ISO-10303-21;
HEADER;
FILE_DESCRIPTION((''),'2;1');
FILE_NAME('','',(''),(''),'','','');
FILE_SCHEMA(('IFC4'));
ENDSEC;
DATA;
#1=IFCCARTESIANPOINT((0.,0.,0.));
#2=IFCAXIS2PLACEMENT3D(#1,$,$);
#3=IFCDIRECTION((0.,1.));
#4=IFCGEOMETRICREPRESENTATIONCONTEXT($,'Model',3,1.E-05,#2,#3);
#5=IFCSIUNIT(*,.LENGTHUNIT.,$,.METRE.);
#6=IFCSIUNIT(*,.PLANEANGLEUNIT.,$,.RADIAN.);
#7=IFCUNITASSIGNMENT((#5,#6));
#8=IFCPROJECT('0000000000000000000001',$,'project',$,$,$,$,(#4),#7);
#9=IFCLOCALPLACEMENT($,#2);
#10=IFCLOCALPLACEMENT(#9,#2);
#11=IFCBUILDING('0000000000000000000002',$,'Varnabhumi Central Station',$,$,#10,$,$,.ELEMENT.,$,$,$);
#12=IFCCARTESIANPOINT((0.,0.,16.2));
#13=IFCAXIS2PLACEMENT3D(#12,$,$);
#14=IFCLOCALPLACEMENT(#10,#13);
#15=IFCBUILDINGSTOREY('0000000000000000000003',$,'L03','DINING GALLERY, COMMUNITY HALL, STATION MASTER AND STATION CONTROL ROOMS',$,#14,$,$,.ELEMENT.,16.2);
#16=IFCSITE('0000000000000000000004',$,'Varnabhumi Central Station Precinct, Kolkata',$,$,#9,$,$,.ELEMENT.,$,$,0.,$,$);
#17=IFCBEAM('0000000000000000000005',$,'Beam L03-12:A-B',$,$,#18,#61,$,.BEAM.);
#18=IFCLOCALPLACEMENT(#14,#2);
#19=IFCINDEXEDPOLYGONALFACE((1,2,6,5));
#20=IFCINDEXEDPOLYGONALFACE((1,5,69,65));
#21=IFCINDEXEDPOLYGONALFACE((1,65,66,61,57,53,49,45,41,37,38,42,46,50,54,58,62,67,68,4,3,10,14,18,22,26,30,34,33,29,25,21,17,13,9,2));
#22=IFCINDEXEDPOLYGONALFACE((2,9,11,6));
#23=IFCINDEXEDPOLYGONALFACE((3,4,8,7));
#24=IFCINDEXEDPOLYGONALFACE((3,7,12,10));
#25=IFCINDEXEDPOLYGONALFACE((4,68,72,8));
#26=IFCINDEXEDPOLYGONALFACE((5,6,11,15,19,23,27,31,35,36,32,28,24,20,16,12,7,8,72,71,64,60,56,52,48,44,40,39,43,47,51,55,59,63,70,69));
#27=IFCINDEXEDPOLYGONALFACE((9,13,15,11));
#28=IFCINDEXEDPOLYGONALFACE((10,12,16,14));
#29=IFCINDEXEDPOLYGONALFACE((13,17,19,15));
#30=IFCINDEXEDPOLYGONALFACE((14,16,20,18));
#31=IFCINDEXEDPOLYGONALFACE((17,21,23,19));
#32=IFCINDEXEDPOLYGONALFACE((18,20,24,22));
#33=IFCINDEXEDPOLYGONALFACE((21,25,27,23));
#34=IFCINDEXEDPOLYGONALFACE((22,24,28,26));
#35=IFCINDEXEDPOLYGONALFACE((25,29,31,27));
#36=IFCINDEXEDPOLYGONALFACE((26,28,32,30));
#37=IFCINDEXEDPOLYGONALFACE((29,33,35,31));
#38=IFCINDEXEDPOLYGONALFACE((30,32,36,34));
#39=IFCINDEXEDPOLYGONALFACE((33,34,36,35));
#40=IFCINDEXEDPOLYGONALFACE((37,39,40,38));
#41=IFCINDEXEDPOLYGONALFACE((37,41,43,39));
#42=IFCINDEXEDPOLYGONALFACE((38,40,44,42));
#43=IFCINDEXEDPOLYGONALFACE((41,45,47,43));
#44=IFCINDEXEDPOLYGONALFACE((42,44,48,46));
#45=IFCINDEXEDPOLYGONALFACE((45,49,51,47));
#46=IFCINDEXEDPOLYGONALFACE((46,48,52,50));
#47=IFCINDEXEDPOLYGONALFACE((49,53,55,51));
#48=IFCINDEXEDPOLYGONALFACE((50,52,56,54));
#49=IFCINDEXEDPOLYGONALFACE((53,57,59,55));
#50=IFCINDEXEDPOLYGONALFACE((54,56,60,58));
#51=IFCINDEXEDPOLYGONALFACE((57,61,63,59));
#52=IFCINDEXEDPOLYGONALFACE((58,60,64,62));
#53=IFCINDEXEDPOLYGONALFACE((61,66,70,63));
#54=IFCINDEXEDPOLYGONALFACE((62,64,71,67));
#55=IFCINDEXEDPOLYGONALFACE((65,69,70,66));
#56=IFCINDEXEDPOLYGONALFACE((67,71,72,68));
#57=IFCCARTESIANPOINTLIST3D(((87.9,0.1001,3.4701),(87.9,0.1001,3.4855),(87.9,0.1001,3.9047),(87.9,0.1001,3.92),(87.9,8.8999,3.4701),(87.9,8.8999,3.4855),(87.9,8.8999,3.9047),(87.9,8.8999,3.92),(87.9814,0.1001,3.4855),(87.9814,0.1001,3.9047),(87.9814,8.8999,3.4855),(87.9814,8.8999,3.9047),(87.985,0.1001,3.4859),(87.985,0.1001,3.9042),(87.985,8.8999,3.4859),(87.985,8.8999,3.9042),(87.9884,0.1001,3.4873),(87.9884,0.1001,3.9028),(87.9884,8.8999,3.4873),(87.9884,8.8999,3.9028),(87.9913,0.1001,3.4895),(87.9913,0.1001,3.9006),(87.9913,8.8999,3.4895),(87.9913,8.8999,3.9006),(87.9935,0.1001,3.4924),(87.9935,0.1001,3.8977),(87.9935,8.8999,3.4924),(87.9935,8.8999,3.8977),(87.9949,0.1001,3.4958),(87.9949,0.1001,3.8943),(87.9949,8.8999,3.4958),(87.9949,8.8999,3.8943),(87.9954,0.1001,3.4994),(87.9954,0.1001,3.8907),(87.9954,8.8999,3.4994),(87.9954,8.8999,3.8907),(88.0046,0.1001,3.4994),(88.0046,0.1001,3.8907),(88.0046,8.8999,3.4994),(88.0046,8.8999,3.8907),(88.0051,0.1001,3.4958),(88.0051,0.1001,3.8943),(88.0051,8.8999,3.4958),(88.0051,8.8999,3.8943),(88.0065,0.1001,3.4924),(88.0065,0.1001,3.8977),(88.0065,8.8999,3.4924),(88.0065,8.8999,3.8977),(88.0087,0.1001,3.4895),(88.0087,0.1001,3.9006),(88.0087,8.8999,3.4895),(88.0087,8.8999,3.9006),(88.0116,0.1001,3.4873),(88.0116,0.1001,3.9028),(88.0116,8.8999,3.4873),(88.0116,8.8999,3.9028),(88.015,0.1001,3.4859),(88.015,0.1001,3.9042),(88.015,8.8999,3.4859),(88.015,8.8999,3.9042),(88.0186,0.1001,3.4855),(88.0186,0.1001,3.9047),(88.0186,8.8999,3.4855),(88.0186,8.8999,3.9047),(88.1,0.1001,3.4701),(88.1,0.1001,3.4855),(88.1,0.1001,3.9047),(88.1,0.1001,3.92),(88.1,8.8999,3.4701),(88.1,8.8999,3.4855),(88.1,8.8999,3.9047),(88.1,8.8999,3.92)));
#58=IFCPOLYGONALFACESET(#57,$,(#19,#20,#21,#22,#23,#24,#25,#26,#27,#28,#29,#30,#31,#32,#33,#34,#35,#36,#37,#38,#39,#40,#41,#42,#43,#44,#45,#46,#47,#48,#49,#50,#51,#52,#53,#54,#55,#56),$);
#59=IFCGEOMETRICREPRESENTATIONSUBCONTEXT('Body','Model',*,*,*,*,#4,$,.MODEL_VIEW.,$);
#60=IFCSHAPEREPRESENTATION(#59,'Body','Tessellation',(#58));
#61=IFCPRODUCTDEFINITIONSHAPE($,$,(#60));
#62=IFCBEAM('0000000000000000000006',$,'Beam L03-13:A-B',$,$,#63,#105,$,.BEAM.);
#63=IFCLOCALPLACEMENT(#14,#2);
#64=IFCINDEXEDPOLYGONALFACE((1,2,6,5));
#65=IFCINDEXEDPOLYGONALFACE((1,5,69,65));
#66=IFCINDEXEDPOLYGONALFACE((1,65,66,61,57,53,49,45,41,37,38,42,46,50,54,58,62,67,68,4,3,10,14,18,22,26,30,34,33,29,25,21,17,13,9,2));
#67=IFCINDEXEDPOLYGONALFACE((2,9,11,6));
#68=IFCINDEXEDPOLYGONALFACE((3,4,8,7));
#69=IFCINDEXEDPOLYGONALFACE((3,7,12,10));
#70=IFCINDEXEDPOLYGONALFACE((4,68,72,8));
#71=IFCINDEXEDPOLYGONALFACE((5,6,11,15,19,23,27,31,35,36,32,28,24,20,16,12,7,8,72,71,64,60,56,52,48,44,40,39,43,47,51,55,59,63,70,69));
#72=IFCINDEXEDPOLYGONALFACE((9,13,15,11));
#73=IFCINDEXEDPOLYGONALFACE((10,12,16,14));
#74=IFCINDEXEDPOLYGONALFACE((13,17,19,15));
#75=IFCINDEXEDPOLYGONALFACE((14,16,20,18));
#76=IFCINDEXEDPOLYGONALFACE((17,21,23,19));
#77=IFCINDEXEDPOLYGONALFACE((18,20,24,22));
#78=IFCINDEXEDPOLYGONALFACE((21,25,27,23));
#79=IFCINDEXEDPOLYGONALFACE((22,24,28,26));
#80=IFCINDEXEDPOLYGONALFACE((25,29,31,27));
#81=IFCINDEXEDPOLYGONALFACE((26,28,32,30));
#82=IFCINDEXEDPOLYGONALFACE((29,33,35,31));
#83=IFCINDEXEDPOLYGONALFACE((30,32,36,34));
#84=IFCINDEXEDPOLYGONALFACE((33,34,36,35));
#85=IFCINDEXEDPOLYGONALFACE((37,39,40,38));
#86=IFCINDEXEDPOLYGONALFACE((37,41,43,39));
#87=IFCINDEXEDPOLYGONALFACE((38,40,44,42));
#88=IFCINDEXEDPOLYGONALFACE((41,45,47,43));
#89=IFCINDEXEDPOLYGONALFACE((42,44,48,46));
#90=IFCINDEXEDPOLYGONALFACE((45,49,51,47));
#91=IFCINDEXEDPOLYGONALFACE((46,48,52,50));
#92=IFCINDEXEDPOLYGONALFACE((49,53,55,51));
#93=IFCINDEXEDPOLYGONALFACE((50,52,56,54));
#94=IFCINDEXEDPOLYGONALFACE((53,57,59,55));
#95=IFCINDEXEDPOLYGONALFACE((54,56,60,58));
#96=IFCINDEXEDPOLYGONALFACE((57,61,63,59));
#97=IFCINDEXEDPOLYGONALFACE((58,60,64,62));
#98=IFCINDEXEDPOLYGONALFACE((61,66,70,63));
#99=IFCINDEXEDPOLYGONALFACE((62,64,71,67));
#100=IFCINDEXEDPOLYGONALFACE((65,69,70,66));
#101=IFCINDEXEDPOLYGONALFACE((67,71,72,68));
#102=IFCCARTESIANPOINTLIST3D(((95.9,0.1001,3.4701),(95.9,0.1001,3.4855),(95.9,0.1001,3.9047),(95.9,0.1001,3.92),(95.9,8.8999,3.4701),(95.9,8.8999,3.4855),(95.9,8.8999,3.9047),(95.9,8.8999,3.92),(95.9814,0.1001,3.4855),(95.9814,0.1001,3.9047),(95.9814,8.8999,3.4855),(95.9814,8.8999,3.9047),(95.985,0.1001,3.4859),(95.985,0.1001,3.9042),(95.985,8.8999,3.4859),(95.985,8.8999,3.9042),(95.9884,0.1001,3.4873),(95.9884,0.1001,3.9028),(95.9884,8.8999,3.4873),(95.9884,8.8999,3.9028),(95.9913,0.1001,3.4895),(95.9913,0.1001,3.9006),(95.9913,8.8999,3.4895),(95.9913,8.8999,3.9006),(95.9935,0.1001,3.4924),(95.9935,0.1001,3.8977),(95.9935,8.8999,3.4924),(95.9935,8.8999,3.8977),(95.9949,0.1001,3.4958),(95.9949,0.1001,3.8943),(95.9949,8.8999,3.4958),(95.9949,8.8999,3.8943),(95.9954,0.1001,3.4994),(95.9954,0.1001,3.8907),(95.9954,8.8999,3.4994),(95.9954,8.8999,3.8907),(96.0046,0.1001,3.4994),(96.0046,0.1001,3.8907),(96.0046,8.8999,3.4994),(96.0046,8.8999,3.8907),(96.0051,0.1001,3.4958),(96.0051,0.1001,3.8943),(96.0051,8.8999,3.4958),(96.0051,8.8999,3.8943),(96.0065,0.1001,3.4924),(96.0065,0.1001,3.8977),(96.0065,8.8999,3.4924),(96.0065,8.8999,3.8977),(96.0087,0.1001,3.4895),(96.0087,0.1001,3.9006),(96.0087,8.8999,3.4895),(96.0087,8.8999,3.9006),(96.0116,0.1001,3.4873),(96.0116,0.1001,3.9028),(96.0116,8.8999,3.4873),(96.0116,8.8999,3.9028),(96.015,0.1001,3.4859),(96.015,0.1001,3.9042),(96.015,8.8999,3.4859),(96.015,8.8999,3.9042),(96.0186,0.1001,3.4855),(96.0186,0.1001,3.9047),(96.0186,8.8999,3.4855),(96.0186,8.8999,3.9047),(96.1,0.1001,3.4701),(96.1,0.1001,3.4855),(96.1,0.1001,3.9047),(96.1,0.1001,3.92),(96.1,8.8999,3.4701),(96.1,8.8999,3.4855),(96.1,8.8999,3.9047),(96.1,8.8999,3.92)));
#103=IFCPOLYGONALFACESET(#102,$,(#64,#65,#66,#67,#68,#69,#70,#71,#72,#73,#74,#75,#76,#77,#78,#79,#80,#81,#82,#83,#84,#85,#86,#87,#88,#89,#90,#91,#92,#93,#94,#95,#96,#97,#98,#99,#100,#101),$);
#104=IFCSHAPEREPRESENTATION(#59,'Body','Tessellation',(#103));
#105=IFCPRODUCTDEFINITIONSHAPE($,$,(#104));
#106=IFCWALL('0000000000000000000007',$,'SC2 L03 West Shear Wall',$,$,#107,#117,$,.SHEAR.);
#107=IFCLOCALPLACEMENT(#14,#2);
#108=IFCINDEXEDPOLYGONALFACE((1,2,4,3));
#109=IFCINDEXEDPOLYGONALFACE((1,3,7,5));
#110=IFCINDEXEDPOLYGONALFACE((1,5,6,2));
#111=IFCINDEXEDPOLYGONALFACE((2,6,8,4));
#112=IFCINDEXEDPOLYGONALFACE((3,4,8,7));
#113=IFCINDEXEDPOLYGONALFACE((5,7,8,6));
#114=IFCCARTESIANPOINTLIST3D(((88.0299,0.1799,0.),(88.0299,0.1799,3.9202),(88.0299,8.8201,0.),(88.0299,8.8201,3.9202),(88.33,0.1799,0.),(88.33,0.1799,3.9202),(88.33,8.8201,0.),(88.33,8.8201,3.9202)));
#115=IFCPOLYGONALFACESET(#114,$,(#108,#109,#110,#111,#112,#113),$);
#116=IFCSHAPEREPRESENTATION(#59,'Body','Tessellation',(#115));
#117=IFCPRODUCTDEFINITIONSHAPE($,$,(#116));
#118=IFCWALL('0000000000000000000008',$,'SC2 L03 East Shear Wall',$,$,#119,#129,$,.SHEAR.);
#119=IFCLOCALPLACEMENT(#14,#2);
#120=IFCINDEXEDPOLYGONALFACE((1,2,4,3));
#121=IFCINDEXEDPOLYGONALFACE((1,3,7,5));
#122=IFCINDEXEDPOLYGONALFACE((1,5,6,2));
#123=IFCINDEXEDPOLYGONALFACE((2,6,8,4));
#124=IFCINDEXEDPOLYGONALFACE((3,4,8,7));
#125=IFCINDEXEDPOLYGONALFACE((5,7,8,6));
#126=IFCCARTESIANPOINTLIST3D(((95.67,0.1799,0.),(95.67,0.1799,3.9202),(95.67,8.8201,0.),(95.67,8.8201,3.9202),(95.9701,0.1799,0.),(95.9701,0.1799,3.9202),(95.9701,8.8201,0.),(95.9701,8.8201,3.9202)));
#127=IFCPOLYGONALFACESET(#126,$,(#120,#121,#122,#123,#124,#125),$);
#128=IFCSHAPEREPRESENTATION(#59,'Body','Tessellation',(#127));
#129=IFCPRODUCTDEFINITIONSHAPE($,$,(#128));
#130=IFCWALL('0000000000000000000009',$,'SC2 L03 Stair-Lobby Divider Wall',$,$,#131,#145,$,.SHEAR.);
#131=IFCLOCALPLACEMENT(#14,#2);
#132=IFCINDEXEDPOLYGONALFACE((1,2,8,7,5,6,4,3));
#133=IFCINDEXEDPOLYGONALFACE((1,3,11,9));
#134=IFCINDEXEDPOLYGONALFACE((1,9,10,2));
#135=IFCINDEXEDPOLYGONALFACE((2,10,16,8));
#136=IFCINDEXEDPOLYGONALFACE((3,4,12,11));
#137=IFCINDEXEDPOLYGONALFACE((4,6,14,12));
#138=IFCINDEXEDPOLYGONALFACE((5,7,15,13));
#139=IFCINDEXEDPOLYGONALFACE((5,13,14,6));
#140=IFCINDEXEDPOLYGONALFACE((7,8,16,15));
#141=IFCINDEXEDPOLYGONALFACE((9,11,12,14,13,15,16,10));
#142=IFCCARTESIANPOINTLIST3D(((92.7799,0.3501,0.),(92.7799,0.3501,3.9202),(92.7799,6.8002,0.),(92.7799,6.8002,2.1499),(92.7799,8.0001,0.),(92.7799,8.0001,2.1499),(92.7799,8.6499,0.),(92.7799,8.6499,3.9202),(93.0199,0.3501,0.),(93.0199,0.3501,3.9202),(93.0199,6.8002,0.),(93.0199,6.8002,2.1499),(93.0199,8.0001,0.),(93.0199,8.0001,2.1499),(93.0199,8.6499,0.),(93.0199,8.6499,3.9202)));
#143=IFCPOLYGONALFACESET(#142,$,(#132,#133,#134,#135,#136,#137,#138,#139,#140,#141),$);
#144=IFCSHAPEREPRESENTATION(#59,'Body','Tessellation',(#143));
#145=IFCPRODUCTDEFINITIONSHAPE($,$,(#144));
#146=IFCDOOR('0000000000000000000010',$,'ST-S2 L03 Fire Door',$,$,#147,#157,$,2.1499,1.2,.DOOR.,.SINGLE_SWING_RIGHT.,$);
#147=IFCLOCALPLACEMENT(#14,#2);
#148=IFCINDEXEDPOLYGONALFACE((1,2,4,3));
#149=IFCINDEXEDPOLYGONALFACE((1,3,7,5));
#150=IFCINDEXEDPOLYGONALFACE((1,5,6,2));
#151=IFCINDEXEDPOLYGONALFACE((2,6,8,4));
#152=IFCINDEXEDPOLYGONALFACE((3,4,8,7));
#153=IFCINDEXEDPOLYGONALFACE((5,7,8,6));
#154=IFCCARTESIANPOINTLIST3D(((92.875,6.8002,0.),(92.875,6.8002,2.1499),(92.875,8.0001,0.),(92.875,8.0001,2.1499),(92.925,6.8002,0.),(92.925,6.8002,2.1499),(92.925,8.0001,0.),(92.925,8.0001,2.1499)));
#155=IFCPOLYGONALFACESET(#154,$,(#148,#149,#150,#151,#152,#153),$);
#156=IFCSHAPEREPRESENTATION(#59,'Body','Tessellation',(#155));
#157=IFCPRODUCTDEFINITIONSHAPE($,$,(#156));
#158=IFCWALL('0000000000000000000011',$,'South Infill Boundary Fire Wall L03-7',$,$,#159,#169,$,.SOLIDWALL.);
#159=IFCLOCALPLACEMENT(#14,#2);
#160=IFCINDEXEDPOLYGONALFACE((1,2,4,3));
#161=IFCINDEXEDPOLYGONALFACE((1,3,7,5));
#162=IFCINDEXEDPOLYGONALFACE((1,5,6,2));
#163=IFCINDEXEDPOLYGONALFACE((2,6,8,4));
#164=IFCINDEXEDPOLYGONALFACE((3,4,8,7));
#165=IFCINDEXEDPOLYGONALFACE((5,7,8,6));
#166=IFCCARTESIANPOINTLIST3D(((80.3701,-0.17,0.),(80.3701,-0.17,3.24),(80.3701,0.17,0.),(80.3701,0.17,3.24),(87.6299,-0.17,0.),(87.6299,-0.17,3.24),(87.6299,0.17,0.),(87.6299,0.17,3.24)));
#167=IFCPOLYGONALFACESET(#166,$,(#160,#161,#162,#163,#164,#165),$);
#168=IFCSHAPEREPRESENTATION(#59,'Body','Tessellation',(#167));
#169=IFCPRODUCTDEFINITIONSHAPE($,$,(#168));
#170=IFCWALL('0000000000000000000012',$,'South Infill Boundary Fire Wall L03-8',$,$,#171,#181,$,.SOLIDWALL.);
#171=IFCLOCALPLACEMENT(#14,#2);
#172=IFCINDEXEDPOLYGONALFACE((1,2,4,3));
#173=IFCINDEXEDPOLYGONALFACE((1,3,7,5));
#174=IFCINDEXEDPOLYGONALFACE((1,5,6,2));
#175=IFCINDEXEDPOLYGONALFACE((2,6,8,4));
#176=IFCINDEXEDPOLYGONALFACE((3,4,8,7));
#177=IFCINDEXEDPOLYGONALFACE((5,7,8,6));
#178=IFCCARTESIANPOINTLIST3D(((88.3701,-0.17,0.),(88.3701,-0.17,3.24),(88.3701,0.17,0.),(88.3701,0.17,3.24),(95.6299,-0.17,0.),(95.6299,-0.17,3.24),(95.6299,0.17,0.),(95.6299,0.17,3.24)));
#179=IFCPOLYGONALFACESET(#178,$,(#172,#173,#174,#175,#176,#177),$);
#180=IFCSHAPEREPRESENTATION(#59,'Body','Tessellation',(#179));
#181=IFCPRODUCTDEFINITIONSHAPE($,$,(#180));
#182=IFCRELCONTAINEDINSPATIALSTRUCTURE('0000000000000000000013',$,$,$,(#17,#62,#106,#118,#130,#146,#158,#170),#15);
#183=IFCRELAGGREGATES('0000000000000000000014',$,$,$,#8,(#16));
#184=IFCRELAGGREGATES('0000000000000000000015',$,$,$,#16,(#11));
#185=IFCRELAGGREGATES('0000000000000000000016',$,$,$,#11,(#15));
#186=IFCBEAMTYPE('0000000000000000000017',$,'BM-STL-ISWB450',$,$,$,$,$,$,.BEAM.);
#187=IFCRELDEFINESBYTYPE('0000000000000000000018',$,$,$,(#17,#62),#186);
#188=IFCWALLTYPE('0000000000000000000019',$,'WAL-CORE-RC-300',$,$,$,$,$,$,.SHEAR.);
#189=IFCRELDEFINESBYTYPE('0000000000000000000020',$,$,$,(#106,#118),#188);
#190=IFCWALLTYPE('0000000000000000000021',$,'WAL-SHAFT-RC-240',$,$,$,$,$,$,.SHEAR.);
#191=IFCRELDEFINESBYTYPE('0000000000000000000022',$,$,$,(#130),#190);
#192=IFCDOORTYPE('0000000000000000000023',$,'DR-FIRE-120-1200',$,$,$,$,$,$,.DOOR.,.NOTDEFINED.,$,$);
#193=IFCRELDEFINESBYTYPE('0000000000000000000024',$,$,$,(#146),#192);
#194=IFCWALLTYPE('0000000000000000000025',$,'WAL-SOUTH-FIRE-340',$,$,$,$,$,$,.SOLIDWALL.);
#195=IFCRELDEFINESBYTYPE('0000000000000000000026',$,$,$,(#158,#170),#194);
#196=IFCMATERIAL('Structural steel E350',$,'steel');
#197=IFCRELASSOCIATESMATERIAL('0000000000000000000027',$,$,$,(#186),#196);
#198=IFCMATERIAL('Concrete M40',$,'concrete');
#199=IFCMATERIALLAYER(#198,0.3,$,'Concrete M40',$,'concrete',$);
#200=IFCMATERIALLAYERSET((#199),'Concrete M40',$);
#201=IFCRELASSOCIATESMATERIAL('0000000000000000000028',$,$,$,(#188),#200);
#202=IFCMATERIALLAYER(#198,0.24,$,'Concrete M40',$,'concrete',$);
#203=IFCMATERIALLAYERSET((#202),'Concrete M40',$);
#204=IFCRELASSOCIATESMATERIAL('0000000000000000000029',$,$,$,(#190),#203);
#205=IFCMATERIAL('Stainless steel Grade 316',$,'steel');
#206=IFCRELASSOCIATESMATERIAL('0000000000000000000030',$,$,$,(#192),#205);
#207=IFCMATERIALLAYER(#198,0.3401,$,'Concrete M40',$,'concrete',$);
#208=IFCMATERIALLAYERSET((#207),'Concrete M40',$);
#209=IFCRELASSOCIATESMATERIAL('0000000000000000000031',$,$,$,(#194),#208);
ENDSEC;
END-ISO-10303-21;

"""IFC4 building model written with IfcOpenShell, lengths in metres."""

from ifc_helpers import new_model, si_unit, direction, frame, frame_2d, origin, origin_2d, place, context, subcontext, project, spatial, rectangle, i_section, extrude, material, layer, layer_set, material_profile, profile_set, type_object, element, fill, save


model = new_model("IFC4")

# Units and contexts
model_context = context("Model", 3, precision=1e-05, world=origin(), true_north=direction((0.0, 1.0)))
body_context = subcontext(model_context, "Body", "Model", "MODEL_VIEW")
ifc_project = project(units=[si_unit("LENGTHUNIT", "METRE"), si_unit("PLANEANGLEUNIT", "RADIAN")], contexts=[model_context])

# Site, building, storey
site_placement = place(None, origin())
site = spatial("IfcSite", under=ifc_project, at=site_placement, Name="Varnabhumi Central Station Precinct, Kolkata", CompositionType="ELEMENT", RefElevation=0.0)
building_placement = place(site_placement, origin())
building = spatial("IfcBuilding", under=site, at=building_placement, Name="Varnabhumi Central Station", CompositionType="ELEMENT")
storey_placement = place(building_placement, frame((0.0, 0.0, 16.2)))
storey = spatial("IfcBuildingStorey", under=building, at=storey_placement, Name="L03", Description="DINING GALLERY, COMMUNITY HALL, STATION MASTER AND STATION CONTROL ROOMS", CompositionType="ELEMENT", Elevation=16.2)

# Shared definitions
ifc_material_1 = material(Name="Concrete M40", Category="concrete")

# Beams
ifc_material_2 = material(Name="Structural steel E350", Category="steel")
ifc_material_profile_1 = material_profile(ifc_material_2, i_section(OverallWidth=0.2, OverallDepth=0.45, WebThickness=0.0093, FlangeThickness=0.0154, FilletRadius=0.0139, at=origin_2d()), Name="Structural steel E350", Category="steel")
ifc_profile_set_1 = profile_set([ifc_material_profile_1], Name="Structural steel E350")
beam_type_1 = type_object("IfcBeamType", Name="BM-STL-ISWB450", PredefinedType="BEAM", material=ifc_profile_set_1)
for number, where, z_axis, x_axis, name in (
    (1, (88.0, 0.1001, 3.6951), (0.0, 1.0, 0.0), (-1.0, 0.0, 0.0), "Beam L03-12:A-B"),
    (2, (96.0, 0.1001, 3.6951), (0.0, 1.0, 0.0), (-1.0, 0.0, 0.0), "Beam L03-13:A-B"),
):
    element("IfcBeam", number, at=place(storey_placement, frame(where, z_axis=z_axis, x_axis=x_axis)), inside=storey, type_object=beam_type_1, Name=name, PredefinedType="BEAM", context=body_context, shape_type="SweptSolid", body=[
        extrude(i_section(OverallWidth=0.2, OverallDepth=0.45, WebThickness=0.0093, FlangeThickness=0.0154, FilletRadius=0.0139, at=origin_2d()), origin(), (0.0, 0.0, 1.0), 8.7998),
    ])

# Walls
ifc_layer_1 = layer(ifc_material_1, 0.3, Name="Concrete M40", Category="concrete")
ifc_layer_set_1 = layer_set([ifc_layer_1], Name="Concrete M40")
wall_type_1 = type_object("IfcWallType", Name="WAL-CORE-RC-300", PredefinedType="SHEAR", material=ifc_layer_set_1)
for number, where, z_axis, x_axis, name in (
    (3, (88.1799, 0.1799, 0.0), (0.0, 0.0, 1.0), (0.0, 1.0, 0.0), "SC2 L03 West Shear Wall"),
    (4, (95.8201, 0.1799, 0.0), (0.0, 0.0, 1.0), (0.0, 1.0, 0.0), "SC2 L03 East Shear Wall"),
):
    element("IfcWall", number, at=place(storey_placement, frame(where, z_axis=z_axis, x_axis=x_axis)), inside=storey, type_object=wall_type_1, Name=name, PredefinedType="SHEAR", context=body_context, shape_type="SweptSolid", body=[
        extrude(rectangle(XDim=8.6401, YDim=0.3, at=frame_2d((4.3201, 0.0))), origin(), (0.0, 0.0, 1.0), 3.9202),
    ])

# Wall, opening, door
ifc_layer_2 = layer(ifc_material_1, 0.24, Name="Concrete M40", Category="concrete")
ifc_layer_set_2 = layer_set([ifc_layer_2], Name="Concrete M40")
wall_type_2 = type_object("IfcWallType", Name="WAL-SHAFT-RC-240", PredefinedType="SHEAR", material=ifc_layer_set_2)
wall_1_placement = place(storey_placement, frame((92.8999, 0.3501, 0.0), z_axis=(0.0, 0.0, 1.0), x_axis=(0.0, 1.0, 0.0)))
wall_1 = element("IfcWall", 5, at=wall_1_placement, inside=storey, type_object=wall_type_2, Name="SC2 L03 Stair-Lobby Divider Wall", PredefinedType="SHEAR", context=body_context, shape_type="SweptSolid", body=[
    extrude(rectangle(XDim=8.2998, YDim=0.24, at=frame_2d((4.1499, 0.0))), origin(), (0.0, 0.0, 1.0), 3.9202),
])
opening_1_placement = place(wall_1_placement, frame((6.45, 0.0, 0.0)))
opening_1 = element("IfcOpeningElement", 6, at=opening_1_placement, cuts=wall_1, PredefinedType="OPENING", context=body_context, shape_type="SweptSolid", body=[
    extrude(rectangle(XDim=1.2, YDim=2.1499, at=frame_2d((0.6001, 1.075))), frame((0.0, 0.1299, 0.0), z_axis=(0.0, -1.0, 0.0), x_axis=(1.0, 0.0, 0.0)), (0.0, 0.0, 1.0), 0.26),
])
ifc_material_3 = material(Name="Stainless steel Grade 316", Category="steel")
door_type_1 = type_object("IfcDoorType", Name="DR-FIRE-120-1200", OperationType="NOTDEFINED", PredefinedType="DOOR", material=ifc_material_3)
door_1_placement = place(opening_1_placement, origin())
door_1 = element("IfcDoor", 7, at=door_1_placement, inside=storey, type_object=door_type_1, Name="ST-S2 L03 Fire Door", OperationType="SINGLE_SWING_RIGHT", OverallHeight=2.1499, OverallWidth=1.2, PredefinedType="DOOR", context=body_context, shape_type="SweptSolid", body=[
    extrude(rectangle(XDim=1.2, YDim=2.1499, at=frame_2d((0.6001, 1.075))), frame((0.0, 0.0249, 0.0), z_axis=(0.0, -1.0, 0.0), x_axis=(1.0, 0.0, 0.0)), (0.0, 0.0, 1.0), 0.05),
])
fill(opening_1, door_1)

# Walls
ifc_layer_3 = layer(ifc_material_1, 0.3401, Name="Concrete M40", Category="concrete")
ifc_layer_set_3 = layer_set([ifc_layer_3], Name="Concrete M40")
wall_type_3 = type_object("IfcWallType", Name="WAL-SOUTH-FIRE-340", PredefinedType="SOLIDWALL", material=ifc_layer_set_3)
for number, where, z_axis, x_axis, name in (
    (8, (80.3701, 0.0, 0.0), (0.0, 0.0, 1.0), (1.0, 0.0, 0.0), "South Infill Boundary Fire Wall L03-7"),
    (9, (88.3701, 0.0, 0.0), (0.0, 0.0, 1.0), (1.0, 0.0, 0.0), "South Infill Boundary Fire Wall L03-8"),
):
    element("IfcWall", number, at=place(storey_placement, frame(where, z_axis=z_axis, x_axis=x_axis)), inside=storey, type_object=wall_type_3, Name=name, PredefinedType="SOLIDWALL", context=body_context, shape_type="SweptSolid", body=[
        extrude(rectangle(XDim=7.2598, YDim=0.3401, at=frame_2d((3.6299, 0.0))), origin(), (0.0, 0.0, 1.0), 3.24),
    ])

save(model, "model.ifc")
